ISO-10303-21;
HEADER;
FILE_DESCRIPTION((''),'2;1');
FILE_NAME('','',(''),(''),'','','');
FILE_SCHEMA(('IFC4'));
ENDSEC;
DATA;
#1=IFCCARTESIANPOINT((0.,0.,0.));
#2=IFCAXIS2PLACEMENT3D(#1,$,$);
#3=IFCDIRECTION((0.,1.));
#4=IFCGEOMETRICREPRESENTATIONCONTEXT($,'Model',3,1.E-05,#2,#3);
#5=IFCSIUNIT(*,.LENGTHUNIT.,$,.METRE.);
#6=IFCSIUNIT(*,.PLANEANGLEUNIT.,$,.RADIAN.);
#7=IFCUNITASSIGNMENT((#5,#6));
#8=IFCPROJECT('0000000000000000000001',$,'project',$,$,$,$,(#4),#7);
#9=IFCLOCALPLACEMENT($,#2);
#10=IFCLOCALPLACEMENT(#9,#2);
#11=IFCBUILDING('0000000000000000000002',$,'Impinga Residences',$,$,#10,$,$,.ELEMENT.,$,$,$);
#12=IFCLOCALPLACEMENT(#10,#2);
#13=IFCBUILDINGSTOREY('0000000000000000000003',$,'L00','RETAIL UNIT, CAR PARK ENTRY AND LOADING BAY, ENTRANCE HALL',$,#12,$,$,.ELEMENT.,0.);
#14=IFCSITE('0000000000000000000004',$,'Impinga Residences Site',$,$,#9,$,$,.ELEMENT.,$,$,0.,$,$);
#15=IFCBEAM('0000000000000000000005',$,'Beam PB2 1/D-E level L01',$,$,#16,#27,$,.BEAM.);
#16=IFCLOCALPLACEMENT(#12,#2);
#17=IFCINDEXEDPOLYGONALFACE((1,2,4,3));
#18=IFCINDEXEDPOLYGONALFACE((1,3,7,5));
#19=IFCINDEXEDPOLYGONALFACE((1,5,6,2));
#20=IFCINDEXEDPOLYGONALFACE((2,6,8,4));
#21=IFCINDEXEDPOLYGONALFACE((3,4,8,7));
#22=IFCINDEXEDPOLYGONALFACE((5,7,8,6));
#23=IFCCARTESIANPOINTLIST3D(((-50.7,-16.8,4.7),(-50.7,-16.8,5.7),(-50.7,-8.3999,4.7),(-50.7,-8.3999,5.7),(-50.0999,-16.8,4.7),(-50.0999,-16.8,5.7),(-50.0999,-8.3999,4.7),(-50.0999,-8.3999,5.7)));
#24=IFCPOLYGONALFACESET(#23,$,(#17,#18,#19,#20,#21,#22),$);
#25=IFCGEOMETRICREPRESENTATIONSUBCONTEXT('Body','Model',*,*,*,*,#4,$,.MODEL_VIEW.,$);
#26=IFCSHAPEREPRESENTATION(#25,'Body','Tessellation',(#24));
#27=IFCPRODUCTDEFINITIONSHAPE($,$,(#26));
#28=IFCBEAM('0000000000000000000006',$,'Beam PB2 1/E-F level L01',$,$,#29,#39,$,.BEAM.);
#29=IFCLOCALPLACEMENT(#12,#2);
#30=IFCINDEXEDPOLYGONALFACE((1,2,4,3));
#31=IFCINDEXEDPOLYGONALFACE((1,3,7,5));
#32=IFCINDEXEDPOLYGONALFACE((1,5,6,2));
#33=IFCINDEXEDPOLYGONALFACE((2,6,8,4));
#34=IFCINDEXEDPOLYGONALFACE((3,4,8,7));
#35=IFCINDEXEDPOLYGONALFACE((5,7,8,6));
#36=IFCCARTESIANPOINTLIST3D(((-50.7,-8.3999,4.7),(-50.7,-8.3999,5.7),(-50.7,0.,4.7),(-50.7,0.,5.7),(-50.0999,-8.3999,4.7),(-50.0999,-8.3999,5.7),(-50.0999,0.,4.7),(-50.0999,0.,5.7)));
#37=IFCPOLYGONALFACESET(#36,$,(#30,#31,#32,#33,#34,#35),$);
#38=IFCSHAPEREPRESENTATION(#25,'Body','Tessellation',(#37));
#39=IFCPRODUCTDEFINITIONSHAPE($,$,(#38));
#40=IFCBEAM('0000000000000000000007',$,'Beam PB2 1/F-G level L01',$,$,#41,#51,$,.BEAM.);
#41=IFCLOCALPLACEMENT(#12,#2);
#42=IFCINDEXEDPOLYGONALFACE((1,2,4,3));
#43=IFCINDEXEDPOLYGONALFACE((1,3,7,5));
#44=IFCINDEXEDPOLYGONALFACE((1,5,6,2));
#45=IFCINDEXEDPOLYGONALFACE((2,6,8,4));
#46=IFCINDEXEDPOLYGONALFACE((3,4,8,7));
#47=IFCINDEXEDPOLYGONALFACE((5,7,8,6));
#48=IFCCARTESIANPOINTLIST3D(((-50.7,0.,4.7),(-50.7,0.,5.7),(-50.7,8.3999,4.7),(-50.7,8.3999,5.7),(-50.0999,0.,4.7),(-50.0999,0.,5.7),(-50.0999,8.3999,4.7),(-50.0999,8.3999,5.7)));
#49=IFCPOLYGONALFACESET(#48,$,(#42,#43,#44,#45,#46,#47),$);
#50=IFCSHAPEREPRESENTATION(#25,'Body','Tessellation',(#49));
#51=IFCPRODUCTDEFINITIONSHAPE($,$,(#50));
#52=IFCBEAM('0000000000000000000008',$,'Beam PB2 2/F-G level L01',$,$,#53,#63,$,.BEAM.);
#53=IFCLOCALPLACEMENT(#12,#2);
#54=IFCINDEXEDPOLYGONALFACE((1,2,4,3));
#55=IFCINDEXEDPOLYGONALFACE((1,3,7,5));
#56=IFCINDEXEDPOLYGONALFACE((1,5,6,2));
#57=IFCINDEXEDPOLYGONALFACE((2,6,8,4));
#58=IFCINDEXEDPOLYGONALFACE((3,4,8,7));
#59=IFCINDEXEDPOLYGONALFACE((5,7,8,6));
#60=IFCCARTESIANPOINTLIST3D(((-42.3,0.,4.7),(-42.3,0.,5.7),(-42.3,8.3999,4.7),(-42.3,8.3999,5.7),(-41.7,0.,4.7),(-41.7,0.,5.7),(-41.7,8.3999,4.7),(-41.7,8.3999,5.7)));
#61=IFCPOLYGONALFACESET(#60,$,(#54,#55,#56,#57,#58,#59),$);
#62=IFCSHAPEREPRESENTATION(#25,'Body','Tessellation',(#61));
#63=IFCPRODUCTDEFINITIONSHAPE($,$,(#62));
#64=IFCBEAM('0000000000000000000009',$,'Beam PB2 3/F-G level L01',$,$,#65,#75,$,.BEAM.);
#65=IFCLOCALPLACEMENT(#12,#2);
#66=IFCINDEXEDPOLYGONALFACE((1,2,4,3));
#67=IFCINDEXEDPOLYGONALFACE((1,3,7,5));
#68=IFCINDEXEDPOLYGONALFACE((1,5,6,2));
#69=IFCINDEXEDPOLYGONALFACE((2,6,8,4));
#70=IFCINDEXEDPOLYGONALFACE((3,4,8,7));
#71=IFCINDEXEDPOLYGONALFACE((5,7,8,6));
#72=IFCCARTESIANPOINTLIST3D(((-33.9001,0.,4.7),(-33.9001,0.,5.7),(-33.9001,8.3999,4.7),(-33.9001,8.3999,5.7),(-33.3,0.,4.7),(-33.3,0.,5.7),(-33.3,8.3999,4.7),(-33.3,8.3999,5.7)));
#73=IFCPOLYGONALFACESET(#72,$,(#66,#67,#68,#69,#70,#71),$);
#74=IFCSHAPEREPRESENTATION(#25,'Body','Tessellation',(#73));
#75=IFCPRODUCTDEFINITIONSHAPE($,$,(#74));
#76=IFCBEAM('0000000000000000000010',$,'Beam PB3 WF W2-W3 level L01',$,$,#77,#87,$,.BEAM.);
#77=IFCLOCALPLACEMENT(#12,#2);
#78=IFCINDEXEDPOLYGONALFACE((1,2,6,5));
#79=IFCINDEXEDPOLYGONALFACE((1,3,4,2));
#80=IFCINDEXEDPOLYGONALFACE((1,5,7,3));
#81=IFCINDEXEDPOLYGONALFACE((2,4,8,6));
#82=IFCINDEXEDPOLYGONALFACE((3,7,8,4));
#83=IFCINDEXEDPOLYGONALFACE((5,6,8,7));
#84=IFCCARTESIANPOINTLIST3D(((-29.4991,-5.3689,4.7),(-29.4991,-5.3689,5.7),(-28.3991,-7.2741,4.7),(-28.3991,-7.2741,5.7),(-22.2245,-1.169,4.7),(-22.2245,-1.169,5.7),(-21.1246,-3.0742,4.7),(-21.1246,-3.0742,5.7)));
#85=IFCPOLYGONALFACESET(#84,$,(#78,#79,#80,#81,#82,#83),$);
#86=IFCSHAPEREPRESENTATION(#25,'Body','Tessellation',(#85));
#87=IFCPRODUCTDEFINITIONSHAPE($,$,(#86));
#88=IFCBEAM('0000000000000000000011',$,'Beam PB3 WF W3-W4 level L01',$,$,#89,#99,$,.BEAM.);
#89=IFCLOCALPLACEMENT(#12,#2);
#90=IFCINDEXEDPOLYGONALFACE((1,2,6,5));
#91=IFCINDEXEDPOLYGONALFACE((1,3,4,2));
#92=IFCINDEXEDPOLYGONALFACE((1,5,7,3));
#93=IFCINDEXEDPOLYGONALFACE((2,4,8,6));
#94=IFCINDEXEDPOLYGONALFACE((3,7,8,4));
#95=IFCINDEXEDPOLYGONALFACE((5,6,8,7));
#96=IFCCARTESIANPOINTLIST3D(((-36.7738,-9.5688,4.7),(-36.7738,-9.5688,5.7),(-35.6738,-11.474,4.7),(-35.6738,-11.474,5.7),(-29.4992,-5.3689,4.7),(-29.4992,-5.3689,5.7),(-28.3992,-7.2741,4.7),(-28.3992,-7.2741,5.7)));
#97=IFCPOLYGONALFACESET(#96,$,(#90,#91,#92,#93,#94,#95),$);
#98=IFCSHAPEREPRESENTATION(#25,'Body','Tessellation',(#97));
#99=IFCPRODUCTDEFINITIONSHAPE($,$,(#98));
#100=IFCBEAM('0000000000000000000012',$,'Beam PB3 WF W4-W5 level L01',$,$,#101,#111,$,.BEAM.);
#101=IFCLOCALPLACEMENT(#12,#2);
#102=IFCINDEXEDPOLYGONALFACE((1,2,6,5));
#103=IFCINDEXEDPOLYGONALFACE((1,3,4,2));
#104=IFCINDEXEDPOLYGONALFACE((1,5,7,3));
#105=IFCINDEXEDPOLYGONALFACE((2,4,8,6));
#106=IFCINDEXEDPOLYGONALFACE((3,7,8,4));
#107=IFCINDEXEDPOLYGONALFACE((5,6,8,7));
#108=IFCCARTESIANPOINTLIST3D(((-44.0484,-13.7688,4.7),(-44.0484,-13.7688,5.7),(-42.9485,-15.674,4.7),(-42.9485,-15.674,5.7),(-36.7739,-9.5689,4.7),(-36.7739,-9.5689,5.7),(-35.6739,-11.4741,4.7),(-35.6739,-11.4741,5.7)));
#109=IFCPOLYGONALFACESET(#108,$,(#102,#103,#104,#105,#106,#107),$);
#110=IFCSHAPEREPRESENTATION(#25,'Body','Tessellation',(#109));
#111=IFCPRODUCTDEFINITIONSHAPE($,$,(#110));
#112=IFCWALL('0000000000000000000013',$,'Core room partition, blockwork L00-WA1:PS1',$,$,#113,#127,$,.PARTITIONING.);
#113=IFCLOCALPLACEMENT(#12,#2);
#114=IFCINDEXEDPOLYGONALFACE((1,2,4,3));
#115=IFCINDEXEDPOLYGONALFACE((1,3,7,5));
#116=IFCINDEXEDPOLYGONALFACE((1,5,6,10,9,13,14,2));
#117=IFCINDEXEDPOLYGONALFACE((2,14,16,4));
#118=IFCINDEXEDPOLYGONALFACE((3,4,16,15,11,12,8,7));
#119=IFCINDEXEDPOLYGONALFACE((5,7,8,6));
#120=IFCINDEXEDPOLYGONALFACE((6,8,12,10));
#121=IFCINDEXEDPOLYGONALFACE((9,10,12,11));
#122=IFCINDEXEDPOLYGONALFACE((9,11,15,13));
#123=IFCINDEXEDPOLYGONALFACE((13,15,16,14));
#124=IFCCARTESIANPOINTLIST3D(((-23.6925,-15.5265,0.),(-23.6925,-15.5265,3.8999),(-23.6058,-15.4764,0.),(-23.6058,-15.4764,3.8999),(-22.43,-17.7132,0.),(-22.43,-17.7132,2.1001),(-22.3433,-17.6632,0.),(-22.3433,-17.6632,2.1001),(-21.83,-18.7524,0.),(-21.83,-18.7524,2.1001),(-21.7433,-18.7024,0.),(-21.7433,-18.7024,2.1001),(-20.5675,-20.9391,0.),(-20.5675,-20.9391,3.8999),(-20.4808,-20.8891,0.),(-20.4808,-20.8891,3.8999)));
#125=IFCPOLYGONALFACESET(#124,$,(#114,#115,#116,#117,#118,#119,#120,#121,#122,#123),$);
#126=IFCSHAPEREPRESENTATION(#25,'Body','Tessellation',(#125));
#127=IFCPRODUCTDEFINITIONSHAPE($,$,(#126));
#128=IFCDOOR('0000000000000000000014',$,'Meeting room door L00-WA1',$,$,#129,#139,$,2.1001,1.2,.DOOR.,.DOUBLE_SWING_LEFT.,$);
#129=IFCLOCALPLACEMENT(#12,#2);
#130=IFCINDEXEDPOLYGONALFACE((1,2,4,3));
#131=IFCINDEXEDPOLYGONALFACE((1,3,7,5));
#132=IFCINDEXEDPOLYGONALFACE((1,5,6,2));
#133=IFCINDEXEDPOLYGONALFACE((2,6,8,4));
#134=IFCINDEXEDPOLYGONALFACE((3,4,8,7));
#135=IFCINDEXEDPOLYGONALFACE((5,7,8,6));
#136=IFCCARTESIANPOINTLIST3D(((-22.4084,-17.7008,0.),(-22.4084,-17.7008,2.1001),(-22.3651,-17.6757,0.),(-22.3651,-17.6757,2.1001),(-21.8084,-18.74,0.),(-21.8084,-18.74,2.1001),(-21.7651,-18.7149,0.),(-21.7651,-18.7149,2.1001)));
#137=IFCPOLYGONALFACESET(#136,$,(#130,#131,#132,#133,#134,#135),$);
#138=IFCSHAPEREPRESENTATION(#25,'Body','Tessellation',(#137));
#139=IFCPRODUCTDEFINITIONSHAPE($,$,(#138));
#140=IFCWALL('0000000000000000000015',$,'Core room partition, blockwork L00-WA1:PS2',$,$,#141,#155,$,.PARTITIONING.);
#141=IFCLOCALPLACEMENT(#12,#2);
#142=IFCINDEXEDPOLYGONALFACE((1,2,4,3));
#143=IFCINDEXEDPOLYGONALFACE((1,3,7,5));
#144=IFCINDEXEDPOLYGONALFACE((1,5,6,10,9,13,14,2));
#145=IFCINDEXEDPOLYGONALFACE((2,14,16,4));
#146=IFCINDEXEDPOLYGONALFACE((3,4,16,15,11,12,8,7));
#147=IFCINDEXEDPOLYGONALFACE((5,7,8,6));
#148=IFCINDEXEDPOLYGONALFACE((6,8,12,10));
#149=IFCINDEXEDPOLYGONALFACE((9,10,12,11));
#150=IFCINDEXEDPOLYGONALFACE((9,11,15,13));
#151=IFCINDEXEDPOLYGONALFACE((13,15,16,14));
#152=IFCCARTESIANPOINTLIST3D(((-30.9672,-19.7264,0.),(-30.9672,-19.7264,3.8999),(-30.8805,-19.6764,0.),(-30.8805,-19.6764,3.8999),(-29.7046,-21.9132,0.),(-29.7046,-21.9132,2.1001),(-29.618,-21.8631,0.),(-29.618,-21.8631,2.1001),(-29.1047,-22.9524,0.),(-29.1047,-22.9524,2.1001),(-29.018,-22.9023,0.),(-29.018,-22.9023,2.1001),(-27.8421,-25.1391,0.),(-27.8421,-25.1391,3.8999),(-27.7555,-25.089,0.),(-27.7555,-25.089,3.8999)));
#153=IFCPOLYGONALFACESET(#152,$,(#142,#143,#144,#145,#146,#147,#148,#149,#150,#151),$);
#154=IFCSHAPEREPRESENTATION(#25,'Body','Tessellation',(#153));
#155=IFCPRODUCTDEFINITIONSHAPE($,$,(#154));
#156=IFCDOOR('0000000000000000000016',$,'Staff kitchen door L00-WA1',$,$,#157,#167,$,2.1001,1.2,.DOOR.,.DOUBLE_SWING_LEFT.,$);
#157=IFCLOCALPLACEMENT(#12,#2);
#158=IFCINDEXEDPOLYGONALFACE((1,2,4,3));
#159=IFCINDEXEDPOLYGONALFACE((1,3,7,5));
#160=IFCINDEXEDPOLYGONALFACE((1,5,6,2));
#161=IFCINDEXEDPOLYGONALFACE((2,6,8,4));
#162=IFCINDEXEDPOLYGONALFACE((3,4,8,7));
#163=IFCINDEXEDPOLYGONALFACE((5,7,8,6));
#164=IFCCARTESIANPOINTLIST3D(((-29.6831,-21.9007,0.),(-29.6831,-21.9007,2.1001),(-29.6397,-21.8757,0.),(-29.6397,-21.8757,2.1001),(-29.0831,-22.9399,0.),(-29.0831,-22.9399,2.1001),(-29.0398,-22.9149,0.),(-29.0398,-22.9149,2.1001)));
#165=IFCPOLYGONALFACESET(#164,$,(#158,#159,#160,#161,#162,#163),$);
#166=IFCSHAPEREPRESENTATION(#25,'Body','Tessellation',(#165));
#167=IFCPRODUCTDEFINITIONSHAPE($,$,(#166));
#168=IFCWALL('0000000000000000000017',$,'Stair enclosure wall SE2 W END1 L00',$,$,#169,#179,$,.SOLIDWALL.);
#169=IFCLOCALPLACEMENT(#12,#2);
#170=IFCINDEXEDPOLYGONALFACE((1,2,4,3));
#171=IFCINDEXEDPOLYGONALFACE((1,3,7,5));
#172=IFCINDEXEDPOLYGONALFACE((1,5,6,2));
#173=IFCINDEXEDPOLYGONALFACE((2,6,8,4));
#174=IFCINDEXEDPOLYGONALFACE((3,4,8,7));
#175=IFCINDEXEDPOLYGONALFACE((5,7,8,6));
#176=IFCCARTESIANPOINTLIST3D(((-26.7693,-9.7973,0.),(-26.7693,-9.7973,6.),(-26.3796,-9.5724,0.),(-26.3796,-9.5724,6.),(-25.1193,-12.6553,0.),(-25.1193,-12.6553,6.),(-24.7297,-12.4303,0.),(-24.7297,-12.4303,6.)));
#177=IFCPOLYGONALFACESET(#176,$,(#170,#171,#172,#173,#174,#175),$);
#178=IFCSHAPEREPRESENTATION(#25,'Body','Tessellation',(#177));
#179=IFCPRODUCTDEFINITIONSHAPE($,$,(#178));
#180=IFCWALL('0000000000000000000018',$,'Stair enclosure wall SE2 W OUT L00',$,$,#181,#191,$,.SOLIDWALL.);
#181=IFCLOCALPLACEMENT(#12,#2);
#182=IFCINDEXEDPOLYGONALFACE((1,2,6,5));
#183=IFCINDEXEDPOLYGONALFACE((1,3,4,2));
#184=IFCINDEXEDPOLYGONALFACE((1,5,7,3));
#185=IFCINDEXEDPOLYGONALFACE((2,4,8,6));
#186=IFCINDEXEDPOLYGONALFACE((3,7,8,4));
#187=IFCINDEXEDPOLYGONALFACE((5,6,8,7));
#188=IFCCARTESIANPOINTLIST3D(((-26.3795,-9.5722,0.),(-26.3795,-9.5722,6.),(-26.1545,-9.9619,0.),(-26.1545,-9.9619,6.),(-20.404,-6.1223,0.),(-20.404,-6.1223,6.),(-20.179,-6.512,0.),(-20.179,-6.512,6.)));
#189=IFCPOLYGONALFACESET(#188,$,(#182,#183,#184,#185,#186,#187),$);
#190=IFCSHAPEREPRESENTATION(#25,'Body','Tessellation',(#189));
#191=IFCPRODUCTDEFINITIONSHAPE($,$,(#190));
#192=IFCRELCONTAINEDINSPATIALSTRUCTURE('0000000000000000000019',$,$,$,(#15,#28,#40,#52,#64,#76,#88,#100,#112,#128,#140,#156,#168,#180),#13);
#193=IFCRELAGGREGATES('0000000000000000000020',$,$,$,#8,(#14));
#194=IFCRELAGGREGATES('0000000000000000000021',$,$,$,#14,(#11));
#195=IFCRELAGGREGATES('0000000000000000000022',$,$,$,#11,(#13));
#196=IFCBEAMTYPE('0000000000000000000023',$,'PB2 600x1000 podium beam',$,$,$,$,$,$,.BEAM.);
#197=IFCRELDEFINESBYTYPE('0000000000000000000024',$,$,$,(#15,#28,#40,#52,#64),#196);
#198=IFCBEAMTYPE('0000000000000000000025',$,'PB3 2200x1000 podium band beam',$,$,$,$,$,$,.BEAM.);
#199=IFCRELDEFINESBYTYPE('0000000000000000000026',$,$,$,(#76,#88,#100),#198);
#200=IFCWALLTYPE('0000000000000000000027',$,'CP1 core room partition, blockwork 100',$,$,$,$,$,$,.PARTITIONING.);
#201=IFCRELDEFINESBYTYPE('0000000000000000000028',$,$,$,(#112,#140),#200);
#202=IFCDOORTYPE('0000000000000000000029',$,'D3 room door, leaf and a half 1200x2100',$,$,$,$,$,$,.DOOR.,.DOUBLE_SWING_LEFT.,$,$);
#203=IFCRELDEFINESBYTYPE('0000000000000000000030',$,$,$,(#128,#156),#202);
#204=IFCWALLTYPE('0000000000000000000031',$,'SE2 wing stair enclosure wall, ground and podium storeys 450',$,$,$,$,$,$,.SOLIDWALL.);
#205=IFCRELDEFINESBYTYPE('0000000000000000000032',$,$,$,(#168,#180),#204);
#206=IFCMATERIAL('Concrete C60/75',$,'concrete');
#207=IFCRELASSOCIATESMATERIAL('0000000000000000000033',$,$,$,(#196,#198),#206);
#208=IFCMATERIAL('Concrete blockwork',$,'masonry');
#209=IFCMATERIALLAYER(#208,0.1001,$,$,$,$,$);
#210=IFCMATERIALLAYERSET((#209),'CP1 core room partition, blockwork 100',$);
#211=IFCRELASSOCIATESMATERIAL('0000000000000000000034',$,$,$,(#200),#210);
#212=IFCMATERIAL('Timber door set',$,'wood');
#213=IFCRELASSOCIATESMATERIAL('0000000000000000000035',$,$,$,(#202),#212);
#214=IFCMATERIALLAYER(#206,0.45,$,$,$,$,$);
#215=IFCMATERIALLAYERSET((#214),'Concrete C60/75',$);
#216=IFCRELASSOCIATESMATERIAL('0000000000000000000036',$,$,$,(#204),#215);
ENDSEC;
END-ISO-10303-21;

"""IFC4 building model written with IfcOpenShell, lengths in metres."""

from ifc_helpers import new_model, si_unit, direction, frame, frame_2d, origin, origin_2d, place, context, subcontext, project, spatial, rectangle, extrude, material, layer, layer_set, material_profile, profile_set, type_object, element, fill, save


model = new_model("IFC4")

# Units and contexts
model_context = context("Model", 3, precision=1e-05, world=origin(), true_north=direction((0.0, 1.0)))
body_context = subcontext(model_context, "Body", "Model", "MODEL_VIEW")
ifc_project = project(units=[si_unit("LENGTHUNIT", "METRE"), si_unit("PLANEANGLEUNIT", "RADIAN")], contexts=[model_context])

# Site, building, storey
site_placement = place(None, origin())
site = spatial("IfcSite", under=ifc_project, at=site_placement, Name="Impinga Residences Site", CompositionType="ELEMENT", RefElevation=0.0)
building_placement = place(site_placement, origin())
building = spatial("IfcBuilding", under=site, at=building_placement, Name="Impinga Residences", CompositionType="ELEMENT")
storey_placement = place(building_placement, origin())
storey = spatial("IfcBuildingStorey", under=building, at=storey_placement, Name="L00", Description="RETAIL UNIT, CAR PARK ENTRY AND LOADING BAY, ENTRANCE HALL", CompositionType="ELEMENT", Elevation=0.0)

# Beams
ifc_material_1 = material(Name="Concrete C60/75", Category="concrete")
ifc_material_profile_1 = material_profile(ifc_material_1, rectangle(XDim=0.6001, YDim=1.0, at=origin_2d()), Name="RC 600x1000")
ifc_profile_set_1 = profile_set([ifc_material_profile_1], Name="Concrete C60/75")
beam_type_1 = type_object("IfcBeamType", Name="PB2 600x1000 podium beam", PredefinedType="BEAM", material=ifc_profile_set_1)
beam_1_placement = place(storey_placement, frame((-50.3999, -16.8, 5.2), z_axis=(0.0, 1.0, 0.0), x_axis=(-1.0, 0.0, 0.0)))
element("IfcBeam", 1, at=beam_1_placement, inside=storey, type_object=beam_type_1, Name="Beam PB2 1/D-E level L01", PredefinedType="BEAM", context=body_context, shape_type="SweptSolid", body=[
    extrude(rectangle(XDim=0.6001, YDim=1.0, at=origin_2d()), origin(), (0.0, 0.0, 1.0), 8.4001),
])
for number, where, z_axis, x_axis, name in (
    (2, (-50.3999, -8.3999, 5.2), (0.0, 1.0, 0.0), (-1.0, 0.0, 0.0), "Beam PB2 1/E-F level L01"),
    (3, (-50.3999, 0.0, 5.2), (0.0, 1.0, 0.0), (-1.0, 0.0, 0.0), "Beam PB2 1/F-G level L01"),
    (4, (-42.0, 0.0, 5.2), (0.0, 1.0, 0.0), (-1.0, 0.0, 0.0), "Beam PB2 2/F-G level L01"),
    (5, (-33.6001, 0.0, 5.2), (0.0, 1.0, 0.0), (-1.0, 0.0, 0.0), "Beam PB2 3/F-G level L01"),
):
    element("IfcBeam", number, at=place(storey_placement, frame(where, z_axis=z_axis, x_axis=x_axis)), inside=storey, type_object=beam_type_1, Name=name, PredefinedType="BEAM", context=body_context, shape_type="SweptSolid", body=[
        extrude(rectangle(XDim=0.6001, YDim=1.0, at=origin_2d()), origin(), (0.0, 0.0, 1.0), 8.3999),
    ])
ifc_material_profile_2 = material_profile(ifc_material_1, rectangle(XDim=2.2, YDim=1.0, at=origin_2d()), Name="RC 2200x1000")
ifc_profile_set_2 = profile_set([ifc_material_profile_2], Name="Concrete C60/75")
beam_type_2 = type_object("IfcBeamType", Name="PB3 2200x1000 podium band beam", PredefinedType="BEAM", material=ifc_profile_set_2)
for number, where, z_axis, x_axis, name in (
    (6, (-21.6746, -2.1216, 5.2), (-0.866029, -0.499993, 0.0), (0.499993, -0.866029, 0.0), "Beam PB3 WF W2-W3 level L01"),
    (7, (-28.9492, -6.3215, 5.2), (-0.866029, -0.499993, 0.0), (0.499993, -0.866029, 0.0), "Beam PB3 WF W3-W4 level L01"),
    (8, (-36.2239, -10.5215, 5.2), (-0.866029, -0.499993, 0.0), (0.499993, -0.866029, 0.0), "Beam PB3 WF W4-W5 level L01"),
):
    element("IfcBeam", number, at=place(storey_placement, frame(where, z_axis=z_axis, x_axis=x_axis)), inside=storey, type_object=beam_type_2, Name=name, PredefinedType="BEAM", context=body_context, shape_type="SweptSolid", body=[
        extrude(rectangle(XDim=2.2, YDim=1.0, at=origin_2d()), origin(), (0.0, 0.0, 1.0), 8.3999),
    ])

# Walls, openings, doors
ifc_material_2 = material(Name="Concrete blockwork", Category="masonry")
ifc_layer_1 = layer(ifc_material_2, 0.1001)
ifc_layer_set_1 = layer_set([ifc_layer_1], Name="CP1 core room partition, blockwork 100")
wall_type_1 = type_object("IfcWallType", Name="CP1 core room partition, blockwork 100", PredefinedType="PARTITIONING", material=ifc_layer_set_1)
wall_1_placement = place(storey_placement, frame((-23.6492, -15.5015, 0.0), z_axis=(0.0, 0.0, 1.0), x_axis=(0.500004, -0.866023, 0.0)))
wall_1 = element("IfcWall", 9, at=wall_1_placement, inside=storey, type_object=wall_type_1, Name="Core room partition, blockwork L00-WA1:PS1", PredefinedType="PARTITIONING", context=body_context, shape_type="SweptSolid", body=[
    extrude(rectangle(XDim=6.25, YDim=0.1001, at=frame_2d((3.125, 0.0))), origin(), (0.0, 0.0, 1.0), 3.8999),
])
opening_1_placement = place(wall_1_placement, frame((2.5249, 0.0, 0.0)))
opening_1 = element("IfcOpeningElement", 10, at=opening_1_placement, cuts=wall_1, PredefinedType="OPENING", context=body_context, shape_type="SweptSolid", body=[
    extrude(rectangle(XDim=1.2, YDim=2.1001, at=frame_2d((0.6001, 1.05))), frame((0.0, 0.0601, 0.0), z_axis=(0.0, -1.0, 0.0), x_axis=(1.0, 0.0, 0.0)), (0.0, 0.0, 1.0), 0.1201),
])
ifc_material_3 = material(Name="Timber door set", Category="wood")
door_type = type_object("IfcDoorType", Name="D3 room door, leaf and a half 1200x2100", OperationType="DOUBLE_SWING_LEFT", PredefinedType="DOOR", material=ifc_material_3)
door_1_placement = place(opening_1_placement, origin())
door_1 = element("IfcDoor", 11, at=door_1_placement, inside=storey, type_object=door_type, Name="Meeting room door L00-WA1", OperationType="DOUBLE_SWING_LEFT", OverallHeight=2.1001, OverallWidth=1.2, PredefinedType="DOOR", context=body_context, shape_type="SweptSolid", body=[
    extrude(rectangle(XDim=1.2, YDim=2.1001, at=frame_2d((0.6001, 1.05))), frame((0.0, 0.0249, 0.0), z_axis=(0.0, -1.0, 0.0), x_axis=(1.0, 0.0, 0.0)), (0.0, 0.0, 1.0), 0.05),
])
fill(opening_1, door_1)
wall_2_placement = place(storey_placement, frame((-30.9238, -19.7014, 0.0), z_axis=(0.0, 0.0, 1.0), x_axis=(0.500004, -0.866023, 0.0)))
wall_2 = element("IfcWall", 12, at=wall_2_placement, inside=storey, type_object=wall_type_1, Name="Core room partition, blockwork L00-WA1:PS2", PredefinedType="PARTITIONING", context=body_context, shape_type="SweptSolid", body=[
    extrude(rectangle(XDim=6.25, YDim=0.1001, at=frame_2d((3.125, 0.0))), origin(), (0.0, 0.0, 1.0), 3.8999),
])
opening_2_placement = place(wall_2_placement, frame((2.5249, 0.0, 0.0)))
opening_2 = element("IfcOpeningElement", 13, at=opening_2_placement, cuts=wall_2, PredefinedType="OPENING", context=body_context, shape_type="SweptSolid", body=[
    extrude(rectangle(XDim=1.2, YDim=2.1001, at=frame_2d((0.6001, 1.05))), frame((0.0, 0.0601, 0.0), z_axis=(0.0, -1.0, 0.0), x_axis=(1.0, 0.0, 0.0)), (0.0, 0.0, 1.0), 0.1201),
])
door_2_placement = place(opening_2_placement, origin())
door_2 = element("IfcDoor", 14, at=door_2_placement, inside=storey, type_object=door_type, Name="Staff kitchen door L00-WA1", OperationType="DOUBLE_SWING_LEFT", OverallHeight=2.1001, OverallWidth=1.2, PredefinedType="DOOR", context=body_context, shape_type="SweptSolid", body=[
    extrude(rectangle(XDim=1.2, YDim=2.1001, at=frame_2d((0.6001, 1.05))), frame((0.0, 0.0249, 0.0), z_axis=(0.0, -1.0, 0.0), x_axis=(1.0, 0.0, 0.0)), (0.0, 0.0, 1.0), 0.05),
])
fill(opening_2, door_2)

# Walls
ifc_layer_2 = layer(ifc_material_1, 0.45)
ifc_layer_set_2 = layer_set([ifc_layer_2], Name="Concrete C60/75")
wall_type_2 = type_object("IfcWallType", Name="SE2 wing stair enclosure wall, ground and podium storeys 450", PredefinedType="SOLIDWALL", material=ifc_layer_set_2)
wall_3_placement = place(storey_placement, frame((-24.9246, -12.5427, 0.0), z_axis=(0.0, 0.0, 1.0), x_axis=(-0.499974, 0.86604, 0.0)))
element("IfcWall", 15, at=wall_3_placement, inside=storey, type_object=wall_type_2, Name="Stair enclosure wall SE2 W END1 L00", PredefinedType="SOLIDWALL", context=body_context, shape_type="SweptSolid", body=[
    extrude(rectangle(XDim=3.3, YDim=0.45, at=frame_2d((1.6499, 0.0))), origin(), (0.0, 0.0, 1.0), 6.0),
])
wall_4_placement = place(storey_placement, frame((-20.2915, -6.3171, 0.0), z_axis=(0.0, 0.0, 1.0), x_axis=(-0.866029, -0.499994, 0.0)))
element("IfcWall", 16, at=wall_4_placement, inside=storey, type_object=wall_type_2, Name="Stair enclosure wall SE2 W OUT L00", PredefinedType="SOLIDWALL", context=body_context, shape_type="SweptSolid", body=[
    extrude(rectangle(XDim=6.8999, YDim=0.45, at=frame_2d((3.45, 0.0))), origin(), (0.0, 0.0, 1.0), 6.0),
])

save(model, "model.ifc")
